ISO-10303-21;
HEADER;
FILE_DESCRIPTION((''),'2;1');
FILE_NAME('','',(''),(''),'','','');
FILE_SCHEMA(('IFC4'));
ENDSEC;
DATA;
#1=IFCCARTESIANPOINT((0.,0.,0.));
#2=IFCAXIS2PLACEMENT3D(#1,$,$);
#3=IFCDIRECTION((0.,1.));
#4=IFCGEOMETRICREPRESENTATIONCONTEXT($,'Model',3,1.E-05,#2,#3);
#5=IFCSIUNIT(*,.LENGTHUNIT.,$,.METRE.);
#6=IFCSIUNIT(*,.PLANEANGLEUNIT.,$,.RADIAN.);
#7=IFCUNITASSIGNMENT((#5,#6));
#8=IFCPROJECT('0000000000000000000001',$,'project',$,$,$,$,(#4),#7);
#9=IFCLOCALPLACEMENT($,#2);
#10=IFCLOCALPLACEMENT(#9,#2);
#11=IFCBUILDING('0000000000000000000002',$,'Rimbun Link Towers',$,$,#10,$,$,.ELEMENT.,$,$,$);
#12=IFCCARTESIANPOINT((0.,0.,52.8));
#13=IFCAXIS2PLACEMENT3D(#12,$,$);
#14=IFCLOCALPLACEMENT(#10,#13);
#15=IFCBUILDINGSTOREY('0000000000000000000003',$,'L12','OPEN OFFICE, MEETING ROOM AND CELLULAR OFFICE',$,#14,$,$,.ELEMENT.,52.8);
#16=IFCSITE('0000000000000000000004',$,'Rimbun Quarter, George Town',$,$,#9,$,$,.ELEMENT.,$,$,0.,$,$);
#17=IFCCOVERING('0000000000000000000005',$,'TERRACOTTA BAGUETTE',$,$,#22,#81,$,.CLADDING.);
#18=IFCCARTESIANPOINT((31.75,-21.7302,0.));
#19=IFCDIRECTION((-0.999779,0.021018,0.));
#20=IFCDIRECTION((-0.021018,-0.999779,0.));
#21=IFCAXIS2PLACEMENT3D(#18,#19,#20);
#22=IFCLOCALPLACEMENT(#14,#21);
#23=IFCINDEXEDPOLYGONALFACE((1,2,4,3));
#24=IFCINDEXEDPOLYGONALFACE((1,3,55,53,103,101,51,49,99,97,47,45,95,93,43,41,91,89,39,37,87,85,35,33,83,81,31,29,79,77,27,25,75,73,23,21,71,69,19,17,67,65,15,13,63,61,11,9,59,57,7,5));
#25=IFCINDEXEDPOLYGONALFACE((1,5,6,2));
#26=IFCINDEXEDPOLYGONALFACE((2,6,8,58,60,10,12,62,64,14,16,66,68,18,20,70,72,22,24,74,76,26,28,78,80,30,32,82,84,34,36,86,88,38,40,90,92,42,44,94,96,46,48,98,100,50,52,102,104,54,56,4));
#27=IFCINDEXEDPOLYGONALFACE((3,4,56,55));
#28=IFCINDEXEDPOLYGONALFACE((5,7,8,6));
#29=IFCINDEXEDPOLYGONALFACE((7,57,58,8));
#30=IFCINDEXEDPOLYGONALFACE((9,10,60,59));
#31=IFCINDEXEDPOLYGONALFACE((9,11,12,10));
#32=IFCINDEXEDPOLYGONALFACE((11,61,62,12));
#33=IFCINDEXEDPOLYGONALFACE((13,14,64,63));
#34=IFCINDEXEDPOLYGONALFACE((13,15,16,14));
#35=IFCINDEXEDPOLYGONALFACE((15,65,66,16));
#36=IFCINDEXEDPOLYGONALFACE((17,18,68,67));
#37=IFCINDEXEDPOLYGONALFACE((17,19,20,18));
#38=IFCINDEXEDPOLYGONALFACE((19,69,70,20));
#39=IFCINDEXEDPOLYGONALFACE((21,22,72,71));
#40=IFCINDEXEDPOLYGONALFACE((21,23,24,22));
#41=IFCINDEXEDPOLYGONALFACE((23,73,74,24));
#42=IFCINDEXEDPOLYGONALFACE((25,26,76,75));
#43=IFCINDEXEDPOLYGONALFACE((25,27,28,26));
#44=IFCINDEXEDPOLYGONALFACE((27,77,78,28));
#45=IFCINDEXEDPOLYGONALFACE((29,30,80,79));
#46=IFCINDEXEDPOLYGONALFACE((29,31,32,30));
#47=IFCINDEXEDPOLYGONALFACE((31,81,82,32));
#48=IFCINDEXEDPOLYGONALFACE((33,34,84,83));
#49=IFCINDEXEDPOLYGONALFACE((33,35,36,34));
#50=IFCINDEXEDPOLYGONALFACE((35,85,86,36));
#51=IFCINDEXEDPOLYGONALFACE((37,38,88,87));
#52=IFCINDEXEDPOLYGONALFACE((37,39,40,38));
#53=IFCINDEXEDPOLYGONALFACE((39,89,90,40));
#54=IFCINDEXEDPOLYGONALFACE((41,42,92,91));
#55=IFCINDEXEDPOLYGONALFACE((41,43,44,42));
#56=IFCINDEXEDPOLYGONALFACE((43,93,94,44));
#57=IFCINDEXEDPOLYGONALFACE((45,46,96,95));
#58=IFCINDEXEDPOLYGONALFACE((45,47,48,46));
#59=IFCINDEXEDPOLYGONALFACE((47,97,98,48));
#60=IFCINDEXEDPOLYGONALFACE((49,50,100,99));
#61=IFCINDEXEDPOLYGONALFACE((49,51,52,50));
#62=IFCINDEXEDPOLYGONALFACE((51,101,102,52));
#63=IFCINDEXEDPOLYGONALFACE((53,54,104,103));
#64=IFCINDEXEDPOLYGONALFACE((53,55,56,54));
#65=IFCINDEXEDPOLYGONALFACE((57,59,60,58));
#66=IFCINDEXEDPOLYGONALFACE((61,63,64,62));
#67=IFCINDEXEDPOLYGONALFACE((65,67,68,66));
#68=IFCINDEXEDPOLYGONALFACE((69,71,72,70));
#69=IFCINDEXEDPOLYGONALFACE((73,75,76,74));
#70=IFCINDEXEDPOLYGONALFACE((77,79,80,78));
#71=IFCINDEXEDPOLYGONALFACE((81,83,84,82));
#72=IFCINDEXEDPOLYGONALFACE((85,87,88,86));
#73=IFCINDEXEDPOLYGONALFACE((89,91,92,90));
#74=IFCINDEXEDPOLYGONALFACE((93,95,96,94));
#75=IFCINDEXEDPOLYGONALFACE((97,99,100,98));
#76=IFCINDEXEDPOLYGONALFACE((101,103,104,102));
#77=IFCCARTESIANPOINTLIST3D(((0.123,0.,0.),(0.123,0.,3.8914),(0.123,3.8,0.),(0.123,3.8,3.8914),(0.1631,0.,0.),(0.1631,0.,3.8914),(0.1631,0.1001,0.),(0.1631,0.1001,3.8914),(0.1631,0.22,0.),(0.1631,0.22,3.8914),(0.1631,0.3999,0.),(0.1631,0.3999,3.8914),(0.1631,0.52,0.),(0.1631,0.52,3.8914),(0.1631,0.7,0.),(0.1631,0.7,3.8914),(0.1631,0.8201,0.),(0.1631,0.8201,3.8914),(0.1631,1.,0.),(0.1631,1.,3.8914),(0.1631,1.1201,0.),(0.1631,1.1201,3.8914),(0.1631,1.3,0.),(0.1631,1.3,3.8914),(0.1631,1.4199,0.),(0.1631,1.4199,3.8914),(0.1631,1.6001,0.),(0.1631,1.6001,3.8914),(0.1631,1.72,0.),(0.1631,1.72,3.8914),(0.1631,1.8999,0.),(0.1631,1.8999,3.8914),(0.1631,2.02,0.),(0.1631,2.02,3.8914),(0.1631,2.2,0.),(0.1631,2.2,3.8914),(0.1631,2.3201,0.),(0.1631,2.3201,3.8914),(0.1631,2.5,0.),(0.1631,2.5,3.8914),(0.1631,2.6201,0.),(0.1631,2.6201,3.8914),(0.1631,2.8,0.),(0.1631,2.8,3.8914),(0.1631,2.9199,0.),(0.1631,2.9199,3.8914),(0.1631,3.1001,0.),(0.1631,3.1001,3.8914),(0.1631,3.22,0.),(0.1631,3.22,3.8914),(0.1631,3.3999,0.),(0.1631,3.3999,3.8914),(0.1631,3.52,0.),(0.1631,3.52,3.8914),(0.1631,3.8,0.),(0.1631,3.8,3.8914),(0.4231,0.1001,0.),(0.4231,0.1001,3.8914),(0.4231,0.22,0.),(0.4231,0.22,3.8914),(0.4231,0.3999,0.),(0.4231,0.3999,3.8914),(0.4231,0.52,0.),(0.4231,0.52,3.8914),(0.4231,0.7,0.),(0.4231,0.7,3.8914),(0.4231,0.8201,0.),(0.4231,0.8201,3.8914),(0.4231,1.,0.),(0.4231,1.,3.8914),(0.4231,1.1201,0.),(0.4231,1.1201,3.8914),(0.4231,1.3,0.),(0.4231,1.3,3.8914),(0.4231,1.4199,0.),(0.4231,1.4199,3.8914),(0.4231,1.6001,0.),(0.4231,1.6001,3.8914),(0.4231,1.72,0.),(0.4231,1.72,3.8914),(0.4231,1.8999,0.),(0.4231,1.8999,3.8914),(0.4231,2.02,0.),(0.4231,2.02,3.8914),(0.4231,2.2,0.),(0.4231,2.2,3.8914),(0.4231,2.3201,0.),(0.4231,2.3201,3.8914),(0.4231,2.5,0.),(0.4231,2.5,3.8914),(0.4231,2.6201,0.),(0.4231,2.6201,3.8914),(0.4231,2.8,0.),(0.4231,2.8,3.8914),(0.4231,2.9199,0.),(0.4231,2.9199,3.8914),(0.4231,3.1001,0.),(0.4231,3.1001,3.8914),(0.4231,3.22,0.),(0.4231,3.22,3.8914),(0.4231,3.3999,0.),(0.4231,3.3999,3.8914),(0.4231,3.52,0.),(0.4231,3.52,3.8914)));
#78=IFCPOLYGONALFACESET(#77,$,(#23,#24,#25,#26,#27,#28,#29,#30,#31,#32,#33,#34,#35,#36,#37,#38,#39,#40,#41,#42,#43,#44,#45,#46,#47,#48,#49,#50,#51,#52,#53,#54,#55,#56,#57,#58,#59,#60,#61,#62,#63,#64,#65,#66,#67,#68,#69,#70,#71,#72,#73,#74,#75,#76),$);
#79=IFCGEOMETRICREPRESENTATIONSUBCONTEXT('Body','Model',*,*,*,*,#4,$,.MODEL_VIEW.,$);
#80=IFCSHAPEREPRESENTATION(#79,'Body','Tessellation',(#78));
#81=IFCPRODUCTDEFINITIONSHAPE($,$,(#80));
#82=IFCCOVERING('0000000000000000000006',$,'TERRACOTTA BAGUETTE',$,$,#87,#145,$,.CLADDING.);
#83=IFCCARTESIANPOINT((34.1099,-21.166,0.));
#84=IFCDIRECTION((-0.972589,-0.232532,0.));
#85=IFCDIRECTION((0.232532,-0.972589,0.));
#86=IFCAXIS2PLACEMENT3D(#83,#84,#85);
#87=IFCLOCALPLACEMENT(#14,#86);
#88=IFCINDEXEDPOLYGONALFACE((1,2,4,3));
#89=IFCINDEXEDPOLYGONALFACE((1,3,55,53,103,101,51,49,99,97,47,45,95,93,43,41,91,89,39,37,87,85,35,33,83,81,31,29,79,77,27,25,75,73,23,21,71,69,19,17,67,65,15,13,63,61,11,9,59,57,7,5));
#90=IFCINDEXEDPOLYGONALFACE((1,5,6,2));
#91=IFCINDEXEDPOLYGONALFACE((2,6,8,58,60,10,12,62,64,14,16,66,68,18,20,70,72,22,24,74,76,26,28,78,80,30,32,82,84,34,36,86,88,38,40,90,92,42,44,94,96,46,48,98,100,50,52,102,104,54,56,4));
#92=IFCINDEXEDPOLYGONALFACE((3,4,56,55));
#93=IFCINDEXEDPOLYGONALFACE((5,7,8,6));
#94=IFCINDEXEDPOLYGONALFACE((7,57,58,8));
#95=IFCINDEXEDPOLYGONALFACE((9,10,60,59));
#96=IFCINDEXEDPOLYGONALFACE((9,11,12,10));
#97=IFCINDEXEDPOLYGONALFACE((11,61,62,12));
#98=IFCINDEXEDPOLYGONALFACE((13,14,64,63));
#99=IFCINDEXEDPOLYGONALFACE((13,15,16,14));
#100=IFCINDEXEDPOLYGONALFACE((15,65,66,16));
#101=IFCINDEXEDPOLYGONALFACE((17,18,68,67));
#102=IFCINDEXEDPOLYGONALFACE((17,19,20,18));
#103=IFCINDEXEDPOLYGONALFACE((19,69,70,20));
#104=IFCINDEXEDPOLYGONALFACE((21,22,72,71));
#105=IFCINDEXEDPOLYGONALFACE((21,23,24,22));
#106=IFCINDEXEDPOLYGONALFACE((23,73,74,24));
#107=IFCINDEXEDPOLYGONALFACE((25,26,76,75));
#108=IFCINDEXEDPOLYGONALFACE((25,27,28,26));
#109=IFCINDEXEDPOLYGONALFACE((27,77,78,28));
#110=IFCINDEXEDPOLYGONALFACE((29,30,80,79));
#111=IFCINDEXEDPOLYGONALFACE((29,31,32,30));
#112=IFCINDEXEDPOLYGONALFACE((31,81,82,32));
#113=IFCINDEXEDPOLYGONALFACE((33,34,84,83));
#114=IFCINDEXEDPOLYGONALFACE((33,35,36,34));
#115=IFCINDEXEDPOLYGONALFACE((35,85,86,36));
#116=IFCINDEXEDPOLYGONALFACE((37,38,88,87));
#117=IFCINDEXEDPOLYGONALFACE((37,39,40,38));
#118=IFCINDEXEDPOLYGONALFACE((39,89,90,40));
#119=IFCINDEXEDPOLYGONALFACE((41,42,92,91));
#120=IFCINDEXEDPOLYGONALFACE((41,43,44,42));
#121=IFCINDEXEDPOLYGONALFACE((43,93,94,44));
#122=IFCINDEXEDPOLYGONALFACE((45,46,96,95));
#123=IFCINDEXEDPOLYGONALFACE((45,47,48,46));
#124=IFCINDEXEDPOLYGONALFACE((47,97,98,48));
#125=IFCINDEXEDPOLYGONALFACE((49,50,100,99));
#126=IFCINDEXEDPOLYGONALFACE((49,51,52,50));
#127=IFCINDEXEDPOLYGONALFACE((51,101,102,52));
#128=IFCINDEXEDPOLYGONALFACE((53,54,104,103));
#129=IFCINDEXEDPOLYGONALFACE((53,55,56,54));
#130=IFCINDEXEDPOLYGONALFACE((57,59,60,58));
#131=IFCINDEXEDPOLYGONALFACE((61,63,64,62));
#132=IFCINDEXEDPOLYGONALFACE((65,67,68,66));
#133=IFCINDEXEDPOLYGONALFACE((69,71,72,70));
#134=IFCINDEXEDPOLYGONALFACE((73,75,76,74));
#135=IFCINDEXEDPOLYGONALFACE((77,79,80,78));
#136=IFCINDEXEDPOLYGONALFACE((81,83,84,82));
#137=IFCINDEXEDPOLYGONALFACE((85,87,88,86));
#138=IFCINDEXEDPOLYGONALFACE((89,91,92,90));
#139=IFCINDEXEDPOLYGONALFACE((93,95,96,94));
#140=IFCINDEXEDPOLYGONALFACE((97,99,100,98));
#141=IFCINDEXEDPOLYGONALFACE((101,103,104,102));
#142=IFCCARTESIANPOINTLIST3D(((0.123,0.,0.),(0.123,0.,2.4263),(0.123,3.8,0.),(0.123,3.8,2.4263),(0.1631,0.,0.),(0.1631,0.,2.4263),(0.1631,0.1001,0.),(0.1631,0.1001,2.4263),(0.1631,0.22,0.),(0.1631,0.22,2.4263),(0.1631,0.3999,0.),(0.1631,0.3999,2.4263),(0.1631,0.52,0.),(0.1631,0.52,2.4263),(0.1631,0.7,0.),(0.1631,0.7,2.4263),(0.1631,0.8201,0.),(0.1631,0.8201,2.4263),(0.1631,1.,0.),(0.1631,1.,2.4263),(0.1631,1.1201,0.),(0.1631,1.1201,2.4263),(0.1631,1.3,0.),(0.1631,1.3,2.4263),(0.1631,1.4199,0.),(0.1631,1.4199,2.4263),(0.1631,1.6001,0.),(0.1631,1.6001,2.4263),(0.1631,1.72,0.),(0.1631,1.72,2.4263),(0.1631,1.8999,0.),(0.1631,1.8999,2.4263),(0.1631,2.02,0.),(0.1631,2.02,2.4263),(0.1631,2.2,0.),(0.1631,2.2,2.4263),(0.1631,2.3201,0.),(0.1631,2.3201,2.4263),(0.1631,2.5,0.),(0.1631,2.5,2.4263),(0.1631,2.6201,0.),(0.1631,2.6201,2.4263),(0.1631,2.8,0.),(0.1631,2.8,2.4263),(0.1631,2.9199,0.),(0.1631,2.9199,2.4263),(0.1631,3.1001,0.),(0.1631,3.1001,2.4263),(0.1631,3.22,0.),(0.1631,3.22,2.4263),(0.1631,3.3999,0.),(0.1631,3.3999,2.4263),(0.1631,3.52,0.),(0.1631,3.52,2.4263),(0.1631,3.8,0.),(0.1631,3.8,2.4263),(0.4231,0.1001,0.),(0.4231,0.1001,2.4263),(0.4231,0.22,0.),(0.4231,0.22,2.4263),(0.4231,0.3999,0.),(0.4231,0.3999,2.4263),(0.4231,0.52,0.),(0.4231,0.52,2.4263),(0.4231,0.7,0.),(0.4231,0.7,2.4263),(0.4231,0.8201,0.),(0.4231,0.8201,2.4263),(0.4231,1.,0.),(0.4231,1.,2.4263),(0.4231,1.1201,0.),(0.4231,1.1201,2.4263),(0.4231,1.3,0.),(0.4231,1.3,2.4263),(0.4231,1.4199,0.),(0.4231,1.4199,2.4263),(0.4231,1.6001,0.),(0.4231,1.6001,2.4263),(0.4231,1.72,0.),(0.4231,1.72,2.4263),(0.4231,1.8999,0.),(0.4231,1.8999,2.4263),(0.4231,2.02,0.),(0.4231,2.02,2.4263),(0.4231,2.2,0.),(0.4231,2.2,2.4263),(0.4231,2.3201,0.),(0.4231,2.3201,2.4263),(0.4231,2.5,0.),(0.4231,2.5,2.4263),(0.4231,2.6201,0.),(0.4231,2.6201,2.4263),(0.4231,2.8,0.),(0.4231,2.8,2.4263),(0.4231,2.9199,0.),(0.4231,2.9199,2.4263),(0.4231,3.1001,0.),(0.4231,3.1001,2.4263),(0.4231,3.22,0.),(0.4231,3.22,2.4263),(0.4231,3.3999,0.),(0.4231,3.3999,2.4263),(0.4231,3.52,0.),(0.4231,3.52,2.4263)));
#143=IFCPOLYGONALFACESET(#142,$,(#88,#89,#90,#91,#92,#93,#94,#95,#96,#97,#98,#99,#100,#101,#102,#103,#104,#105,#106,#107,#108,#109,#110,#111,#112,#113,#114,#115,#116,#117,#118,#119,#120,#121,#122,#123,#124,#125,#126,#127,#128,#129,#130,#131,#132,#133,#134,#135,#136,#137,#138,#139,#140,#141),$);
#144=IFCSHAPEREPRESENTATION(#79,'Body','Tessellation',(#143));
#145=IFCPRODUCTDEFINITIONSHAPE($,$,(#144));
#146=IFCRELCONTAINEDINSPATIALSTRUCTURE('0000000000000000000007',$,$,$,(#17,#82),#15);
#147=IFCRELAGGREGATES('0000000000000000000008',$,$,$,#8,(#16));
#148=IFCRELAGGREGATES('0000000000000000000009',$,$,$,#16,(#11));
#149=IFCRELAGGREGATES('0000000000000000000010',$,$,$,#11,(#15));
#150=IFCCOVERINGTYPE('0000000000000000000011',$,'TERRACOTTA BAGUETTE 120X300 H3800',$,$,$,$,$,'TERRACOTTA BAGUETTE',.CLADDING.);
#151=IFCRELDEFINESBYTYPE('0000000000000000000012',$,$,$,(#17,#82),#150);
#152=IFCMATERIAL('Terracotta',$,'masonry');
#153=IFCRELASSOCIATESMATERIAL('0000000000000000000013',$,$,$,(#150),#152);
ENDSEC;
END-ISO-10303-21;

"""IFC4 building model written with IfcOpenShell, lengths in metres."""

from ifc_helpers import new_model, si_unit, direction, frame, origin, place, context, subcontext, project, spatial, polyline, outline, extrude, material, material_profile, profile_set, type_object, element, save


model = new_model("IFC4")

# Units and contexts
model_context = context("Model", 3, precision=1e-05, world=origin(), true_north=direction((0.0, 1.0)))
body_context = subcontext(model_context, "Body", "Model", "MODEL_VIEW")
ifc_project = project(units=[si_unit("LENGTHUNIT", "METRE"), si_unit("PLANEANGLEUNIT", "RADIAN")], contexts=[model_context])

# Site, building, storey
site_placement = place(None, origin())
site = spatial("IfcSite", under=ifc_project, at=site_placement, Name="Rimbun Quarter, George Town", CompositionType="ELEMENT", RefElevation=0.0)
building_placement = place(site_placement, origin())
building = spatial("IfcBuilding", under=site, at=building_placement, Name="Rimbun Link Towers", CompositionType="ELEMENT")
storey_placement = place(building_placement, frame((0.0, 0.0, 52.8)))
storey = spatial("IfcBuildingStorey", under=building, at=storey_placement, Name="L12", Description="OPEN OFFICE, MEETING ROOM AND CELLULAR OFFICE", CompositionType="ELEMENT", Elevation=52.8)

# Coverings
ifc_material_1 = material(Name="Terracotta", Category="masonry")
ifc_material_profile_1 = material_profile(ifc_material_1, outline(polyline([(0.123, 0.0), (0.1631, 0.0), (0.1631, 0.1001), (0.4231, 0.1001), (0.4231, 0.22), (0.1631, 0.22), (0.1631, 0.3999), (0.4231, 0.3999), (0.4231, 0.52), (0.1631, 0.52), (0.1631, 0.7), (0.4231, 0.7), (0.4231, 0.8201), (0.1631, 0.8201), (0.1631, 1.0), (0.4231, 1.0), (0.4231, 1.1201), (0.1631, 1.1201), (0.1631, 1.3), (0.4231, 1.3), (0.4231, 1.4199), (0.1631, 1.4199), (0.1631, 1.6001), (0.4231, 1.6001), (0.4231, 1.72), (0.1631, 1.72), (0.1631, 1.8999), (0.4231, 1.8999), (0.4231, 2.02), (0.1631, 2.02), (0.1631, 2.2), (0.4231, 2.2), (0.4231, 2.3201), (0.1631, 2.3201), (0.1631, 2.5), (0.4231, 2.5), (0.4231, 2.6201), (0.1631, 2.6201), (0.1631, 2.8), (0.4231, 2.8), (0.4231, 2.9199), (0.1631, 2.9199), (0.1631, 3.1001), (0.4231, 3.1001), (0.4231, 3.22), (0.1631, 3.22), (0.1631, 3.3999), (0.4231, 3.3999), (0.4231, 3.52), (0.1631, 3.52), (0.1631, 3.8), (0.123, 3.8), (0.123, 0.0)])), Name="BAGUETTE 120X300")
ifc_profile_set_1 = profile_set([ifc_material_profile_1], Name="Terracotta")
covering_type = type_object("IfcCoveringType", Name="TERRACOTTA BAGUETTE 120X300 H3800", ElementType="TERRACOTTA BAGUETTE", PredefinedType="CLADDING", material=ifc_profile_set_1)
covering_1_placement = place(storey_placement, frame((31.75, -21.7302, 0.0), z_axis=(-0.999779, 0.021018, 0.0), x_axis=(-0.021018, -0.999779, 0.0)))
element("IfcCovering", 1, at=covering_1_placement, inside=storey, type_object=covering_type, Name="TERRACOTTA BAGUETTE", PredefinedType="CLADDING", context=body_context, shape_type="SweptSolid", body=[
    extrude(outline(polyline([(0.123, 0.0), (0.1631, 0.0), (0.1631, 0.1001), (0.4231, 0.1001), (0.4231, 0.22), (0.1631, 0.22), (0.1631, 0.3999), (0.4231, 0.3999), (0.4231, 0.52), (0.1631, 0.52), (0.1631, 0.7), (0.4231, 0.7), (0.4231, 0.8201), (0.1631, 0.8201), (0.1631, 1.0), (0.4231, 1.0), (0.4231, 1.1201), (0.1631, 1.1201), (0.1631, 1.3), (0.4231, 1.3), (0.4231, 1.4199), (0.1631, 1.4199), (0.1631, 1.6001), (0.4231, 1.6001), (0.4231, 1.72), (0.1631, 1.72), (0.1631, 1.8999), (0.4231, 1.8999), (0.4231, 2.02), (0.1631, 2.02), (0.1631, 2.2), (0.4231, 2.2), (0.4231, 2.3201), (0.1631, 2.3201), (0.1631, 2.5), (0.4231, 2.5), (0.4231, 2.6201), (0.1631, 2.6201), (0.1631, 2.8), (0.4231, 2.8), (0.4231, 2.9199), (0.1631, 2.9199), (0.1631, 3.1001), (0.4231, 3.1001), (0.4231, 3.22), (0.1631, 3.22), (0.1631, 3.3999), (0.4231, 3.3999), (0.4231, 3.52), (0.1631, 3.52), (0.1631, 3.8), (0.123, 3.8), (0.123, 0.0)])), origin(), (0.0, 0.0, 1.0), 3.8914),
])
covering_2_placement = place(storey_placement, frame((34.1099, -21.166, 0.0), z_axis=(-0.972589, -0.232532, 0.0), x_axis=(0.232532, -0.972589, 0.0)))
element("IfcCovering", 2, at=covering_2_placement, inside=storey, type_object=covering_type, Name="TERRACOTTA BAGUETTE", PredefinedType="CLADDING", context=body_context, shape_type="SweptSolid", body=[
    extrude(outline(polyline([(0.123, 0.0), (0.1631, 0.0), (0.1631, 0.1001), (0.4231, 0.1001), (0.4231, 0.22), (0.1631, 0.22), (0.1631, 0.3999), (0.4231, 0.3999), (0.4231, 0.52), (0.1631, 0.52), (0.1631, 0.7), (0.4231, 0.7), (0.4231, 0.8201), (0.1631, 0.8201), (0.1631, 1.0), (0.4231, 1.0), (0.4231, 1.1201), (0.1631, 1.1201), (0.1631, 1.3), (0.4231, 1.3), (0.4231, 1.4199), (0.1631, 1.4199), (0.1631, 1.6001), (0.4231, 1.6001), (0.4231, 1.72), (0.1631, 1.72), (0.1631, 1.8999), (0.4231, 1.8999), (0.4231, 2.02), (0.1631, 2.02), (0.1631, 2.2), (0.4231, 2.2), (0.4231, 2.3201), (0.1631, 2.3201), (0.1631, 2.5), (0.4231, 2.5), (0.4231, 2.6201), (0.1631, 2.6201), (0.1631, 2.8), (0.4231, 2.8), (0.4231, 2.9199), (0.1631, 2.9199), (0.1631, 3.1001), (0.4231, 3.1001), (0.4231, 3.22), (0.1631, 3.22), (0.1631, 3.3999), (0.4231, 3.3999), (0.4231, 3.52), (0.1631, 3.52), (0.1631, 3.8), (0.123, 3.8), (0.123, 0.0)])), origin(), (0.0, 0.0, 1.0), 2.4263),
])

save(model, "model.ifc")
